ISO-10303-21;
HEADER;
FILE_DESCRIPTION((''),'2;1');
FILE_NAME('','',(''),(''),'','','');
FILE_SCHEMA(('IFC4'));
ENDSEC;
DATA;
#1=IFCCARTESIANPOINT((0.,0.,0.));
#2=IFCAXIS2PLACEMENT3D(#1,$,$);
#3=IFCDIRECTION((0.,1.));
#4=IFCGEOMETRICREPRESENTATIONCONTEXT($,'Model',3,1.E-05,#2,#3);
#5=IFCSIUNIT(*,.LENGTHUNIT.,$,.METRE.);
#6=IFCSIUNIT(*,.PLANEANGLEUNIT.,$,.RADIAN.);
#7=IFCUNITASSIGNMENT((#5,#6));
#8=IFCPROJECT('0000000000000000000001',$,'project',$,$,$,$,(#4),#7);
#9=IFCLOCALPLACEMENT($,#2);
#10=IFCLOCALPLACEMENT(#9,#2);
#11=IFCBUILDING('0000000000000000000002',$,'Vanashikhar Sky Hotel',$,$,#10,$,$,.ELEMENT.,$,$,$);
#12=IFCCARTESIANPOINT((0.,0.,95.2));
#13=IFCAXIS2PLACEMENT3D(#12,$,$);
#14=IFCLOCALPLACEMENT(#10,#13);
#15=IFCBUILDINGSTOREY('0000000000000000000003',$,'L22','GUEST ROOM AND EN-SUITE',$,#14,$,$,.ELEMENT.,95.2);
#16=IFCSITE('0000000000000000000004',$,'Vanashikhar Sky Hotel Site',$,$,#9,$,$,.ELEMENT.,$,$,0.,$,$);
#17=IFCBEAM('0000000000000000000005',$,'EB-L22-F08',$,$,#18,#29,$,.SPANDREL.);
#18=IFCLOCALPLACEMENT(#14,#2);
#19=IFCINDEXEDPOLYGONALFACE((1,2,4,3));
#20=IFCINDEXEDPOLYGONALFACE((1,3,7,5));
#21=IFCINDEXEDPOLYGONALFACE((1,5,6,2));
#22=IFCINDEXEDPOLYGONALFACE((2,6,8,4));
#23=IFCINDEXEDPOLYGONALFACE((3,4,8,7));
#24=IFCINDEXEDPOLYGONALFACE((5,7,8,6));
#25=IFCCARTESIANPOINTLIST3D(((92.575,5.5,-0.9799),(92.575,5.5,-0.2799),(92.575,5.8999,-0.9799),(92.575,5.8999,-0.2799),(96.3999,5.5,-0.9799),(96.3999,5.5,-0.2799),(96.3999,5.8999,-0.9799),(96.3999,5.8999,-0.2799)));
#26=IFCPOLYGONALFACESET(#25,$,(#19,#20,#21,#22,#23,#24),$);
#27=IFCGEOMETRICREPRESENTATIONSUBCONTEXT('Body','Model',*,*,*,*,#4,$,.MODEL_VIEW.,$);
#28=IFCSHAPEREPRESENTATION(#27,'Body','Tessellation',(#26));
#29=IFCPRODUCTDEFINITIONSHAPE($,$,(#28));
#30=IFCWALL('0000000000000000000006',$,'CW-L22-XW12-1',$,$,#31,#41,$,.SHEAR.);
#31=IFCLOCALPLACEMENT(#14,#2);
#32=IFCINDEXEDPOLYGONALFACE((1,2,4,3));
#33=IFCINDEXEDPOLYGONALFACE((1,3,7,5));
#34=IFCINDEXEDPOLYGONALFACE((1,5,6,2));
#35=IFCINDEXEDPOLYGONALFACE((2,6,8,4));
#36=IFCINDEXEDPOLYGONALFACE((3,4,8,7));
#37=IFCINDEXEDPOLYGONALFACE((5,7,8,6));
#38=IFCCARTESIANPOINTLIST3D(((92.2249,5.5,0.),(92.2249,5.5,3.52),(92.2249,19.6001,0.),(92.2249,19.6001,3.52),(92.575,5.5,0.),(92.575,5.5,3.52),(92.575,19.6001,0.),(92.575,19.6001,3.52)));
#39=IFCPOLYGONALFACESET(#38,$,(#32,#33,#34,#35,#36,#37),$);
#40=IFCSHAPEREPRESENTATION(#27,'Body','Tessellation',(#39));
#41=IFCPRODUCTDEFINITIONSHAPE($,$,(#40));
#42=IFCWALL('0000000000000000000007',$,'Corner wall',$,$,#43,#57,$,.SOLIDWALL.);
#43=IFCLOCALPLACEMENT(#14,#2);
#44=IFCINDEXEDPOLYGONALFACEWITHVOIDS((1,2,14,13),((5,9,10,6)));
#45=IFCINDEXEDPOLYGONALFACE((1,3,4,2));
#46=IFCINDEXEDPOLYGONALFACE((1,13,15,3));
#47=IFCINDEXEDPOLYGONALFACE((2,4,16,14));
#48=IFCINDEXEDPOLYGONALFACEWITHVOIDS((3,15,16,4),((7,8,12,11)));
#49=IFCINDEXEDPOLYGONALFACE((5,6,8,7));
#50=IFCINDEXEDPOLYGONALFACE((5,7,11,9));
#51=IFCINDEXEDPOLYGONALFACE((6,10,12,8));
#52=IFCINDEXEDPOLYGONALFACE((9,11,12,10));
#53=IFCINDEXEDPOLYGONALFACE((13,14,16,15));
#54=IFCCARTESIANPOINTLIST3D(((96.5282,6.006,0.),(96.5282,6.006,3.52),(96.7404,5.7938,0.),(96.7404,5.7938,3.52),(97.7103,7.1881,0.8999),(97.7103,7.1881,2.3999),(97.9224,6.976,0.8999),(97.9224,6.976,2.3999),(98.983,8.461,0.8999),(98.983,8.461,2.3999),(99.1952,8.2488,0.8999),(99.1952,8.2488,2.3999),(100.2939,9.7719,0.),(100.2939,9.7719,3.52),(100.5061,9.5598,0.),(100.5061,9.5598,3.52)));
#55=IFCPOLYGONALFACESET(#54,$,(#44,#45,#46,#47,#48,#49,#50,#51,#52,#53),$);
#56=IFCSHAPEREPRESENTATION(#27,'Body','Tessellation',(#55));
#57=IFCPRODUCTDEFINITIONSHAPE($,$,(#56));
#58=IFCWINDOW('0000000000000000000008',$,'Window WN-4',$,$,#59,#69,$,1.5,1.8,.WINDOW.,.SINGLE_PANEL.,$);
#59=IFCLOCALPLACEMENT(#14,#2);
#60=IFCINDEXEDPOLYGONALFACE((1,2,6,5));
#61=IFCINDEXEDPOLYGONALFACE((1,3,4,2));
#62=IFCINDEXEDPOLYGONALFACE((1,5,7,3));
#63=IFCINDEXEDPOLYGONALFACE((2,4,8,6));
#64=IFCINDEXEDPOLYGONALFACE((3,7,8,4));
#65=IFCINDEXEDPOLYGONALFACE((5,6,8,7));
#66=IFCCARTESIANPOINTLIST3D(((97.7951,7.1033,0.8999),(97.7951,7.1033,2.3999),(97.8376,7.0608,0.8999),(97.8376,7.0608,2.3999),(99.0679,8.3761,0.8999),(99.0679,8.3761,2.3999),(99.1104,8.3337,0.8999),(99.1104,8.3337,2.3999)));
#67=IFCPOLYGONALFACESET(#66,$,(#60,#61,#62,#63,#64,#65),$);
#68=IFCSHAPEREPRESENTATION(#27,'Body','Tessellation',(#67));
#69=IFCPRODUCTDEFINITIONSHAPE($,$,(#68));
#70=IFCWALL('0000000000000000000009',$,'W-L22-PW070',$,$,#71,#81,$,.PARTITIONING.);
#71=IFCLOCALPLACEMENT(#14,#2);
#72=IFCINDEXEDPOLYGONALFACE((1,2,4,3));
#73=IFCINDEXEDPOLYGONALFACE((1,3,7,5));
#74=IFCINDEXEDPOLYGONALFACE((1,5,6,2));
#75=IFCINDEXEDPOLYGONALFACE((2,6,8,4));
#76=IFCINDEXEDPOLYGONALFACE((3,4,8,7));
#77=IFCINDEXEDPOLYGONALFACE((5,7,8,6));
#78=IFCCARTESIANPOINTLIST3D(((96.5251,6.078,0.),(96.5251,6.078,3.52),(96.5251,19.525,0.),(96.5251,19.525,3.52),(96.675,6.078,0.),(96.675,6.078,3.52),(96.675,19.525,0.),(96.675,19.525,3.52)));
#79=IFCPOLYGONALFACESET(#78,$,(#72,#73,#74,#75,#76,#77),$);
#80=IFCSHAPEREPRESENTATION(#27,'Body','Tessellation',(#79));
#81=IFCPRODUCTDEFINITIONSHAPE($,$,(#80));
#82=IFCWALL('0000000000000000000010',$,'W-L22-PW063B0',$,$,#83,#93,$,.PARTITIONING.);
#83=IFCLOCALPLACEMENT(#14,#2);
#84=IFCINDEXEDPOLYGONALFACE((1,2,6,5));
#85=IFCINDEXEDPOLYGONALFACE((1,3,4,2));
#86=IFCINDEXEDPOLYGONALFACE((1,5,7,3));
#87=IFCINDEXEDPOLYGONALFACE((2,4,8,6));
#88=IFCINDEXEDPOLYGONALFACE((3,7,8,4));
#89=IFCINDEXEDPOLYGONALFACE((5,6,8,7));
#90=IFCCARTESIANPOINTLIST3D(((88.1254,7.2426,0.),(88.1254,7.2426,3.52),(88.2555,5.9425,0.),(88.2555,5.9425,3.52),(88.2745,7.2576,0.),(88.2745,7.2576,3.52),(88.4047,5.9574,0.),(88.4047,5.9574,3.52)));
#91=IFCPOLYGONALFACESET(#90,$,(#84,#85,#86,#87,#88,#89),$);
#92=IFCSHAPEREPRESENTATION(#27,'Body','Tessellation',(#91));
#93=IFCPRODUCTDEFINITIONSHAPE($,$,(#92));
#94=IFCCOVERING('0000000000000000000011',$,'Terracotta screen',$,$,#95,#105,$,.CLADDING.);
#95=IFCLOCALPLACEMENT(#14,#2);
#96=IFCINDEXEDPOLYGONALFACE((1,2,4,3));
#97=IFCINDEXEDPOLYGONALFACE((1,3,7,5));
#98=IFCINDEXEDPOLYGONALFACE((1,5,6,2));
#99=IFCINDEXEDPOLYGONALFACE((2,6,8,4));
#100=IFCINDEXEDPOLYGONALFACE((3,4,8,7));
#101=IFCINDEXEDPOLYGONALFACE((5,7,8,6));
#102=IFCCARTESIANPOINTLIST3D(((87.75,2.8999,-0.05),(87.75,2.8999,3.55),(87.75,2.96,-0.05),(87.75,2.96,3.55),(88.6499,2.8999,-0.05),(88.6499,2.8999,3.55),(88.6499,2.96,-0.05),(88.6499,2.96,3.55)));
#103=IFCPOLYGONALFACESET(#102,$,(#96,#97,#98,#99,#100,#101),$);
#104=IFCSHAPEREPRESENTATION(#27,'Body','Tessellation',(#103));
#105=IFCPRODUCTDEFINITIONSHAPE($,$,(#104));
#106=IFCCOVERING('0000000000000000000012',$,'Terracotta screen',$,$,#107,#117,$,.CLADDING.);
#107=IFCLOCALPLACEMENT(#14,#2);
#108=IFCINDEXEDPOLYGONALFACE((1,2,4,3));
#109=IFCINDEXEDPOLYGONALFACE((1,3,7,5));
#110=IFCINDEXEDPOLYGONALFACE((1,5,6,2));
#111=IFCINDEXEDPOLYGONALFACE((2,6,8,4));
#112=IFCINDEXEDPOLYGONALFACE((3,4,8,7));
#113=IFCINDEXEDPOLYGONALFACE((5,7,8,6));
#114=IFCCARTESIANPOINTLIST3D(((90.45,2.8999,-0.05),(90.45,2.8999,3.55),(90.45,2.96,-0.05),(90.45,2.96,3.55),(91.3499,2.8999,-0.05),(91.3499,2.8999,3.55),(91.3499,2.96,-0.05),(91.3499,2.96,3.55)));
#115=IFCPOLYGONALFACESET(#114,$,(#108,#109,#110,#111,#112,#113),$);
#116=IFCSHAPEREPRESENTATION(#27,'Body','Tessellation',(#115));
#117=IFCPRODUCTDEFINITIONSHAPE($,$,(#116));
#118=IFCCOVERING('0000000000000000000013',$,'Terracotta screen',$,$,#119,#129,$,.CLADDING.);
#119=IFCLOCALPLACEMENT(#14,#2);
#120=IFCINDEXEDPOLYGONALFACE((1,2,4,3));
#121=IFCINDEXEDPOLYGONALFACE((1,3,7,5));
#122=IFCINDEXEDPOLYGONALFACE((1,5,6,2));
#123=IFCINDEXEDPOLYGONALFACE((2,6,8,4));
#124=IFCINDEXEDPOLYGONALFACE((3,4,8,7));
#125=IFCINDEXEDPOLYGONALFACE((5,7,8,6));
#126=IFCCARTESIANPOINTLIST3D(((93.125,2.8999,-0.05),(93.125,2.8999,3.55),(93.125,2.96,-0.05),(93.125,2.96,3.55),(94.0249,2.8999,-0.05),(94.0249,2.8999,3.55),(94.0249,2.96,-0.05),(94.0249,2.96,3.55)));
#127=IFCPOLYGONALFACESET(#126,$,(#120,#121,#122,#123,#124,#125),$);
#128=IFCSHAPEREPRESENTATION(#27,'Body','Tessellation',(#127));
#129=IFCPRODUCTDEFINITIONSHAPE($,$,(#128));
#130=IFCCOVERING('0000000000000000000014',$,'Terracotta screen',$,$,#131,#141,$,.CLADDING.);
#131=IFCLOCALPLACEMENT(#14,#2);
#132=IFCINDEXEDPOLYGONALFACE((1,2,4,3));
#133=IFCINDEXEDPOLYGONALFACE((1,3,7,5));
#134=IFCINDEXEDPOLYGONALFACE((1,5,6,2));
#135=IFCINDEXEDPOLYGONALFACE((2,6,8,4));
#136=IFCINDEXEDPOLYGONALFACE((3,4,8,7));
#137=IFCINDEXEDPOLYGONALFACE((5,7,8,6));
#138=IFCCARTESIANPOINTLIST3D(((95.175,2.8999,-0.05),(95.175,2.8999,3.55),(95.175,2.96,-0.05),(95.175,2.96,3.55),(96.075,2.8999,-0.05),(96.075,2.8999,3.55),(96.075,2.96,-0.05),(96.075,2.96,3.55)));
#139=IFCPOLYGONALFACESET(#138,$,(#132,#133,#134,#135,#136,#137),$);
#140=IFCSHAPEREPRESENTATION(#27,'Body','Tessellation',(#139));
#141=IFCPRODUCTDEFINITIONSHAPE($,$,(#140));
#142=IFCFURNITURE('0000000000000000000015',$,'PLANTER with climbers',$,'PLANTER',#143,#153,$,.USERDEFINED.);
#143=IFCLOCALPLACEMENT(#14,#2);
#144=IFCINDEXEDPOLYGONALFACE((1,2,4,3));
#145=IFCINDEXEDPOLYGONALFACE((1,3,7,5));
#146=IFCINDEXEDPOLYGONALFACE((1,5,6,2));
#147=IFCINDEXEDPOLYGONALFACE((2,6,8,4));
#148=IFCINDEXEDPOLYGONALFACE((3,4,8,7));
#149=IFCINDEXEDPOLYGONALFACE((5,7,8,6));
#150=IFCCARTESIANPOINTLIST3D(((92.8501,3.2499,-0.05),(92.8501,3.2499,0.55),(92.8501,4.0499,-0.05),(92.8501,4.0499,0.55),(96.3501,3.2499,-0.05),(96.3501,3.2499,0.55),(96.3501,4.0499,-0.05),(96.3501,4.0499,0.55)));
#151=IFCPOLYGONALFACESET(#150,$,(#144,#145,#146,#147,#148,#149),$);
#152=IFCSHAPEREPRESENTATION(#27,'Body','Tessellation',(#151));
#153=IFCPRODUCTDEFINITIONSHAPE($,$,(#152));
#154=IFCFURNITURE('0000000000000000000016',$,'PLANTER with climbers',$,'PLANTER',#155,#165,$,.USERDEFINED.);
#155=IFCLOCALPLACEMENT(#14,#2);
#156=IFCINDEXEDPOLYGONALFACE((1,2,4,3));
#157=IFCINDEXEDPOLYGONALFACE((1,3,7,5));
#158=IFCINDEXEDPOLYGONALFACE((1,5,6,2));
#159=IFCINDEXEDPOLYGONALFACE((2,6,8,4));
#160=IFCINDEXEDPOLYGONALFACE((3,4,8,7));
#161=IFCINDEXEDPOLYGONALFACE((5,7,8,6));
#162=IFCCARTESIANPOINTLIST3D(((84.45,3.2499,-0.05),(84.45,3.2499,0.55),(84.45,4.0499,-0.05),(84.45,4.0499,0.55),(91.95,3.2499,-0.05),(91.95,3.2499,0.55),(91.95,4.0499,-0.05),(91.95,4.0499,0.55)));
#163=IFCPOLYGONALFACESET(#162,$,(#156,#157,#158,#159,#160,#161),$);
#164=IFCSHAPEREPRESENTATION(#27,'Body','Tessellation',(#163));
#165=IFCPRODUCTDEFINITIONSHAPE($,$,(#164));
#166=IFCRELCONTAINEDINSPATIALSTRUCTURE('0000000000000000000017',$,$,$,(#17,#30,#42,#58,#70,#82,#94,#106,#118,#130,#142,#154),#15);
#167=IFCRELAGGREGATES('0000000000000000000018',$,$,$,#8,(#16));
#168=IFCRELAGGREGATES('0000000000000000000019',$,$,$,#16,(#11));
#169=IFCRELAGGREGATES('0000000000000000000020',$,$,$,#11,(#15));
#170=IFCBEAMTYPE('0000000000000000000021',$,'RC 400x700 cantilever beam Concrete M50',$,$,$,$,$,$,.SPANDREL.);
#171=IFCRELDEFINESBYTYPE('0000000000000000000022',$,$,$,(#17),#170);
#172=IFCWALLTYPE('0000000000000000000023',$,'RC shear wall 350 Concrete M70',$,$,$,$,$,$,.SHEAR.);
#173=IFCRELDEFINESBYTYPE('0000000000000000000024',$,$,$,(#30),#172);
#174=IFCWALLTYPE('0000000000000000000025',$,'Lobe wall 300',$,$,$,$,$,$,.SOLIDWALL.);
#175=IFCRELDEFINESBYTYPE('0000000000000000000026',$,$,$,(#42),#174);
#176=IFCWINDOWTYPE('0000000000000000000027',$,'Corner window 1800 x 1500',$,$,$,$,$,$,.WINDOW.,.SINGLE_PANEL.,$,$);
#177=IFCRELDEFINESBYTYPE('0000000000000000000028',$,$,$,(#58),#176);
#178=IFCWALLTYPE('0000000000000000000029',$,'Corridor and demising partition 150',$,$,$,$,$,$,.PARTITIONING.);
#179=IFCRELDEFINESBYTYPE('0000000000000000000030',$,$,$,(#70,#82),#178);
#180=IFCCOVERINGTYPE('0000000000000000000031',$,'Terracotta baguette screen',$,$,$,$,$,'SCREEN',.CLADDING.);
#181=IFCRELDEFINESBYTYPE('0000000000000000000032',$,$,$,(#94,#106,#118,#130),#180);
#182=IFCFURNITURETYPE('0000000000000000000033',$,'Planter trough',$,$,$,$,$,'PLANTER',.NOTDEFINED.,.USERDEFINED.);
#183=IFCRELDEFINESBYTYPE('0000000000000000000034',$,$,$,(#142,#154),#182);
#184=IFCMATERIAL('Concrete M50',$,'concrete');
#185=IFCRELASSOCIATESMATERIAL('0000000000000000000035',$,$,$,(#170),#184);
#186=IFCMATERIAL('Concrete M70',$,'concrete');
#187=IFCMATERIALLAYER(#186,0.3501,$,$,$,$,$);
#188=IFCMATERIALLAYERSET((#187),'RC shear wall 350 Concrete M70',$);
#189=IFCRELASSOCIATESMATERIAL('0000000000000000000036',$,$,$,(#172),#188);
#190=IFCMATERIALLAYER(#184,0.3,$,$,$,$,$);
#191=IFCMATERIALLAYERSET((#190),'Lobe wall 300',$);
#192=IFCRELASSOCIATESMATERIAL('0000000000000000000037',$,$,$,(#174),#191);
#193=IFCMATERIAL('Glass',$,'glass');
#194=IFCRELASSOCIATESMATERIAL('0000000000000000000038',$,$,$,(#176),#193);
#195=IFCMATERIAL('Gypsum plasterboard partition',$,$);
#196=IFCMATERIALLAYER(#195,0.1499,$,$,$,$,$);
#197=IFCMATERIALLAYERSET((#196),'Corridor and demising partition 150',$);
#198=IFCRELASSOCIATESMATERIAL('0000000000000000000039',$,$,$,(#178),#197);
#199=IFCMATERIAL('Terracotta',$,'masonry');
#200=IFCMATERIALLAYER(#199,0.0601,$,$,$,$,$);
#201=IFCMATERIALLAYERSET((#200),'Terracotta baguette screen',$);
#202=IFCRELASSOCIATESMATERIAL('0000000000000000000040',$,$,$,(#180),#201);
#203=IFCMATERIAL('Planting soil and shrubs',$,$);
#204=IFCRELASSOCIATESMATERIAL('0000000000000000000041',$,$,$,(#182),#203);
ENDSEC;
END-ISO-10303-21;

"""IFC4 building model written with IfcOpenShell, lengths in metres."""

from ifc_helpers import new_model, si_unit, direction, frame, frame_2d, origin, origin_2d, place, context, subcontext, project, spatial, rectangle, extrude, source, transform, mapped, material, layer, layer_set, material_profile, profile_set, type_object, element, fill, save


model = new_model("IFC4")

# Units and contexts
model_context = context("Model", 3, precision=1e-05, world=origin(), true_north=direction((0.0, 1.0)))
body_context = subcontext(model_context, "Body", "Model", "MODEL_VIEW")
ifc_project = project(units=[si_unit("LENGTHUNIT", "METRE"), si_unit("PLANEANGLEUNIT", "RADIAN")], contexts=[model_context])

# Site, building, storey
site_placement = place(None, origin())
site = spatial("IfcSite", under=ifc_project, at=site_placement, Name="Vanashikhar Sky Hotel Site", CompositionType="ELEMENT", RefElevation=0.0)
building_placement = place(site_placement, origin())
building = spatial("IfcBuilding", under=site, at=building_placement, Name="Vanashikhar Sky Hotel", CompositionType="ELEMENT")
storey_placement = place(building_placement, frame((0.0, 0.0, 95.2)))
storey = spatial("IfcBuildingStorey", under=building, at=storey_placement, Name="L22", Description="GUEST ROOM AND EN-SUITE", CompositionType="ELEMENT", Elevation=95.2)

# Beam
ifc_material_1 = material(Name="Concrete M50", Category="concrete")
ifc_material_profile = material_profile(ifc_material_1, rectangle(XDim=0.3999, YDim=0.7, at=origin_2d()))
ifc_profile_set = profile_set([ifc_material_profile], Name="RC 400x700 cantilever beam Concrete M50")
beam_type = type_object("IfcBeamType", Name="RC 400x700 cantilever beam Concrete M50", PredefinedType="SPANDREL", material=ifc_profile_set)
shared_shape_1 = source(origin(), body_context, "Body", "SweptSolid", [
    extrude(rectangle(XDim=0.3999, YDim=0.7, at=origin_2d()), origin(), (0.0, 0.0, 1.0), 3.825),
])
beam_placement = place(storey_placement, frame((92.575, 5.7, -0.6299), z_axis=(1.0, 0.0, 0.0), x_axis=(0.0, 1.0, 0.0)))
element("IfcBeam", 1, at=beam_placement, inside=storey, type_object=beam_type, Name="EB-L22-F08", PredefinedType="SPANDREL", context=body_context, shape_type="MappedRepresentation", body=[
    mapped(shared_shape_1, transform((0.0, 0.0, 0.0), scale=1.0)),
])

# Wall
ifc_material_2 = material(Name="Concrete M70", Category="concrete")
ifc_layer_1 = layer(ifc_material_2, 0.3501)
ifc_layer_set_1 = layer_set([ifc_layer_1], Name="RC shear wall 350 Concrete M70")
wall_type_1 = type_object("IfcWallType", Name="RC shear wall 350 Concrete M70", PredefinedType="SHEAR", material=ifc_layer_set_1)
shared_shape_2 = source(origin(), body_context, "Body", "SweptSolid", [
    extrude(rectangle(XDim=14.1001, YDim=0.3501, at=frame_2d((7.05, 0.0))), origin(), (0.0, 0.0, 1.0), 3.52),
])
wall_1_placement = place(storey_placement, frame((92.3999, 5.5, 0.0), z_axis=(0.0, 0.0, 1.0), x_axis=(0.0, 1.0, 0.0)))
element("IfcWall", 2, at=wall_1_placement, inside=storey, type_object=wall_type_1, Name="CW-L22-XW12-1", PredefinedType="SHEAR", context=body_context, shape_type="MappedRepresentation", body=[
    mapped(shared_shape_2, transform((0.0, 0.0, 0.0), scale=1.0)),
])

# Wall, opening, window
ifc_layer_2 = layer(ifc_material_1, 0.3)
ifc_layer_set_2 = layer_set([ifc_layer_2], Name="Lobe wall 300")
wall_type_2 = type_object("IfcWallType", Name="Lobe wall 300", PredefinedType="SOLIDWALL", material=ifc_layer_set_2)
shared_shape_3 = source(origin(), body_context, "Body", "SweptSolid", [
    extrude(rectangle(XDim=5.3257, YDim=0.3, at=frame_2d((2.6628, 0.0))), origin(), (0.0, 0.0, 1.0), 3.52),
])
wall_2_placement = place(storey_placement, frame((96.6343, 5.8999, 0.0), z_axis=(0.0, 0.0, 1.0), x_axis=(0.707084, 0.70713, 0.0)))
wall_2 = element("IfcWall", 3, at=wall_2_placement, inside=storey, type_object=wall_type_2, Name="Corner wall", PredefinedType="SOLIDWALL", context=body_context, shape_type="MappedRepresentation", body=[
    mapped(shared_shape_3, transform((0.0, 0.0, 0.0), scale=1.0)),
])
shared_shape_4 = source(origin(), body_context, "Body", "SweptSolid", [
    extrude(rectangle(XDim=1.8, YDim=1.5, at=frame_2d((0.8999, 0.75))), frame((0.0, 0.1602, 0.0), z_axis=(0.0, -1.0, 0.0), x_axis=(1.0, 0.0, 0.0)), (0.0, 0.0, 1.0), 0.3201),
])
opening_1_placement = place(wall_2_placement, frame((1.6719, 0.0, 0.8999)))
opening_1 = element("IfcOpeningElement", 4, at=opening_1_placement, cuts=wall_2, PredefinedType="OPENING", context=body_context, shape_type="MappedRepresentation", body=[
    mapped(shared_shape_4, transform((0.0, 0.0, 0.0), scale=1.0)),
])
ifc_material_3 = material(Name="Glass", Category="glass")
window_type_1 = type_object("IfcWindowType", Name="Corner window 1800 x 1500", PartitioningType="SINGLE_PANEL", PredefinedType="WINDOW", material=ifc_material_3)
shared_shape_5 = source(origin(), body_context, "Body", "SweptSolid", [
    extrude(rectangle(XDim=1.8, YDim=1.5, at=frame_2d((0.8999, 0.75))), frame((0.0, 0.03, 0.0), z_axis=(0.0, -1.0, 0.0), x_axis=(1.0, 0.0, 0.0)), (0.0, 0.0, 1.0), 0.0601),
])
window_1_placement = place(opening_1_placement, origin())
window_1 = element("IfcWindow", 5, at=window_1_placement, inside=storey, type_object=window_type_1, Name="Window WN-4", OverallHeight=1.5, OverallWidth=1.8, PartitioningType="SINGLE_PANEL", PredefinedType="WINDOW", context=body_context, shape_type="MappedRepresentation", body=[
    mapped(shared_shape_5, transform((0.0, 0.0, 0.0), scale=1.0)),
])
fill(opening_1, window_1)

# Walls
ifc_material_4 = material(Name="Gypsum plasterboard partition")
ifc_layer_3 = layer(ifc_material_4, 0.1499)
ifc_layer_set_3 = layer_set([ifc_layer_3], Name="Corridor and demising partition 150")
wall_type_3 = type_object("IfcWallType", Name="Corridor and demising partition 150", PredefinedType="PARTITIONING", material=ifc_layer_set_3)
shared_shape_6 = source(origin(), body_context, "Body", "SweptSolid", [
    extrude(rectangle(XDim=13.447, YDim=0.1499, at=frame_2d((6.7236, 0.0))), origin(), (0.0, 0.0, 1.0), 3.52),
])
wall_3_placement = place(storey_placement, frame((96.6001, 6.0779, 0.0), z_axis=(0.0, 0.0, 1.0), x_axis=(0.0, 1.0, 0.0)))
element("IfcWall", 6, at=wall_3_placement, inside=storey, type_object=wall_type_3, Name="W-L22-PW070", PredefinedType="PARTITIONING", context=body_context, shape_type="MappedRepresentation", body=[
    mapped(shared_shape_6, transform((0.0, 0.0, 0.0), scale=1.0)),
])
shared_shape_7 = source(origin(), body_context, "Body", "SweptSolid", [
    extrude(rectangle(XDim=1.3066, YDim=0.1499, at=frame_2d((0.6533, 0.0))), origin(), (0.0, 0.0, 1.0), 3.52),
])
wall_4_placement = place(storey_placement, frame((88.3301, 5.95, 0.0), z_axis=(0.0, 0.0, 1.0), x_axis=(-0.099596, 0.995028, 0.0)))
element("IfcWall", 7, at=wall_4_placement, inside=storey, type_object=wall_type_3, Name="W-L22-PW063B0", PredefinedType="PARTITIONING", context=body_context, shape_type="MappedRepresentation", body=[
    mapped(shared_shape_7, transform((0.0, 0.0, 0.0), scale=1.0)),
])

# Coverings
ifc_material_5 = material(Name="Terracotta", Category="masonry")
ifc_layer_4 = layer(ifc_material_5, 0.0601)
ifc_layer_set_4 = layer_set([ifc_layer_4], Name="Terracotta baguette screen")
covering_type = type_object("IfcCoveringType", Name="Terracotta baguette screen", ElementType="SCREEN", PredefinedType="CLADDING", material=ifc_layer_set_4)
shared_shape_8 = source(origin(), body_context, "Body", "SweptSolid", [
    extrude(rectangle(XDim=0.8999, YDim=0.0601, at=origin_2d()), origin(), (0.0, 0.0, 1.0), 3.6001),
])
for number, where, z_axis, x_axis, name in (
    (8, (88.2, 2.9299, -0.05), (0.0, 0.0, 1.0), (1.0, 0.0, 0.0), "Terracotta screen"),
    (9, (90.8999, 2.9299, -0.05), (0.0, 0.0, 1.0), (1.0, 0.0, 0.0), "Terracotta screen"),
    (10, (93.575, 2.9299, -0.05), (0.0, 0.0, 1.0), (1.0, 0.0, 0.0), "Terracotta screen"),
    (11, (95.625, 2.9299, -0.05), (0.0, 0.0, 1.0), (1.0, 0.0, 0.0), "Terracotta screen"),
):
    element("IfcCovering", number, at=place(storey_placement, frame(where, z_axis=z_axis, x_axis=x_axis)), inside=storey, type_object=covering_type, Name=name, PredefinedType="CLADDING", context=body_context, shape_type="MappedRepresentation", body=[
        mapped(shared_shape_8, transform((0.0, 0.0, 0.0), scale=1.0)),
    ])

# Furniture
ifc_material_6 = material(Name="Planting soil and shrubs")
furniture_type = type_object("IfcFurnitureType", Name="Planter trough", ElementType="PLANTER", AssemblyPlace="NOTDEFINED", PredefinedType="USERDEFINED", material=ifc_material_6)
shared_shape_9 = source(origin(), body_context, "Body", "SweptSolid", [
    extrude(rectangle(XDim=3.5, YDim=0.8, at=origin_2d()), origin(), (0.0, 0.0, 1.0), 0.6001),
])
furniture_1_placement = place(storey_placement, frame((94.6001, 3.6499, -0.05), z_axis=(0.0, 0.0, 1.0), x_axis=(1.0, 0.0, 0.0)))
element("IfcFurniture", 12, at=furniture_1_placement, inside=storey, type_object=furniture_type, Name="PLANTER with climbers", ObjectType="PLANTER", PredefinedType="USERDEFINED", context=body_context, shape_type="MappedRepresentation", body=[
    mapped(shared_shape_9, transform((0.0, 0.0, 0.0), scale=1.0)),
])
shared_shape_10 = source(origin(), body_context, "Body", "SweptSolid", [
    extrude(rectangle(XDim=7.5, YDim=0.8, at=origin_2d()), origin(), (0.0, 0.0, 1.0), 0.6001),
])
furniture_2_placement = place(storey_placement, frame((88.2, 3.6499, -0.05), z_axis=(0.0, 0.0, 1.0), x_axis=(1.0, 0.0, 0.0)))
element("IfcFurniture", 13, at=furniture_2_placement, inside=storey, type_object=furniture_type, Name="PLANTER with climbers", ObjectType="PLANTER", PredefinedType="USERDEFINED", context=body_context, shape_type="MappedRepresentation", body=[
    mapped(shared_shape_10, transform((0.0, 0.0, 0.0), scale=1.0)),
])

save(model, "model.ifc")
